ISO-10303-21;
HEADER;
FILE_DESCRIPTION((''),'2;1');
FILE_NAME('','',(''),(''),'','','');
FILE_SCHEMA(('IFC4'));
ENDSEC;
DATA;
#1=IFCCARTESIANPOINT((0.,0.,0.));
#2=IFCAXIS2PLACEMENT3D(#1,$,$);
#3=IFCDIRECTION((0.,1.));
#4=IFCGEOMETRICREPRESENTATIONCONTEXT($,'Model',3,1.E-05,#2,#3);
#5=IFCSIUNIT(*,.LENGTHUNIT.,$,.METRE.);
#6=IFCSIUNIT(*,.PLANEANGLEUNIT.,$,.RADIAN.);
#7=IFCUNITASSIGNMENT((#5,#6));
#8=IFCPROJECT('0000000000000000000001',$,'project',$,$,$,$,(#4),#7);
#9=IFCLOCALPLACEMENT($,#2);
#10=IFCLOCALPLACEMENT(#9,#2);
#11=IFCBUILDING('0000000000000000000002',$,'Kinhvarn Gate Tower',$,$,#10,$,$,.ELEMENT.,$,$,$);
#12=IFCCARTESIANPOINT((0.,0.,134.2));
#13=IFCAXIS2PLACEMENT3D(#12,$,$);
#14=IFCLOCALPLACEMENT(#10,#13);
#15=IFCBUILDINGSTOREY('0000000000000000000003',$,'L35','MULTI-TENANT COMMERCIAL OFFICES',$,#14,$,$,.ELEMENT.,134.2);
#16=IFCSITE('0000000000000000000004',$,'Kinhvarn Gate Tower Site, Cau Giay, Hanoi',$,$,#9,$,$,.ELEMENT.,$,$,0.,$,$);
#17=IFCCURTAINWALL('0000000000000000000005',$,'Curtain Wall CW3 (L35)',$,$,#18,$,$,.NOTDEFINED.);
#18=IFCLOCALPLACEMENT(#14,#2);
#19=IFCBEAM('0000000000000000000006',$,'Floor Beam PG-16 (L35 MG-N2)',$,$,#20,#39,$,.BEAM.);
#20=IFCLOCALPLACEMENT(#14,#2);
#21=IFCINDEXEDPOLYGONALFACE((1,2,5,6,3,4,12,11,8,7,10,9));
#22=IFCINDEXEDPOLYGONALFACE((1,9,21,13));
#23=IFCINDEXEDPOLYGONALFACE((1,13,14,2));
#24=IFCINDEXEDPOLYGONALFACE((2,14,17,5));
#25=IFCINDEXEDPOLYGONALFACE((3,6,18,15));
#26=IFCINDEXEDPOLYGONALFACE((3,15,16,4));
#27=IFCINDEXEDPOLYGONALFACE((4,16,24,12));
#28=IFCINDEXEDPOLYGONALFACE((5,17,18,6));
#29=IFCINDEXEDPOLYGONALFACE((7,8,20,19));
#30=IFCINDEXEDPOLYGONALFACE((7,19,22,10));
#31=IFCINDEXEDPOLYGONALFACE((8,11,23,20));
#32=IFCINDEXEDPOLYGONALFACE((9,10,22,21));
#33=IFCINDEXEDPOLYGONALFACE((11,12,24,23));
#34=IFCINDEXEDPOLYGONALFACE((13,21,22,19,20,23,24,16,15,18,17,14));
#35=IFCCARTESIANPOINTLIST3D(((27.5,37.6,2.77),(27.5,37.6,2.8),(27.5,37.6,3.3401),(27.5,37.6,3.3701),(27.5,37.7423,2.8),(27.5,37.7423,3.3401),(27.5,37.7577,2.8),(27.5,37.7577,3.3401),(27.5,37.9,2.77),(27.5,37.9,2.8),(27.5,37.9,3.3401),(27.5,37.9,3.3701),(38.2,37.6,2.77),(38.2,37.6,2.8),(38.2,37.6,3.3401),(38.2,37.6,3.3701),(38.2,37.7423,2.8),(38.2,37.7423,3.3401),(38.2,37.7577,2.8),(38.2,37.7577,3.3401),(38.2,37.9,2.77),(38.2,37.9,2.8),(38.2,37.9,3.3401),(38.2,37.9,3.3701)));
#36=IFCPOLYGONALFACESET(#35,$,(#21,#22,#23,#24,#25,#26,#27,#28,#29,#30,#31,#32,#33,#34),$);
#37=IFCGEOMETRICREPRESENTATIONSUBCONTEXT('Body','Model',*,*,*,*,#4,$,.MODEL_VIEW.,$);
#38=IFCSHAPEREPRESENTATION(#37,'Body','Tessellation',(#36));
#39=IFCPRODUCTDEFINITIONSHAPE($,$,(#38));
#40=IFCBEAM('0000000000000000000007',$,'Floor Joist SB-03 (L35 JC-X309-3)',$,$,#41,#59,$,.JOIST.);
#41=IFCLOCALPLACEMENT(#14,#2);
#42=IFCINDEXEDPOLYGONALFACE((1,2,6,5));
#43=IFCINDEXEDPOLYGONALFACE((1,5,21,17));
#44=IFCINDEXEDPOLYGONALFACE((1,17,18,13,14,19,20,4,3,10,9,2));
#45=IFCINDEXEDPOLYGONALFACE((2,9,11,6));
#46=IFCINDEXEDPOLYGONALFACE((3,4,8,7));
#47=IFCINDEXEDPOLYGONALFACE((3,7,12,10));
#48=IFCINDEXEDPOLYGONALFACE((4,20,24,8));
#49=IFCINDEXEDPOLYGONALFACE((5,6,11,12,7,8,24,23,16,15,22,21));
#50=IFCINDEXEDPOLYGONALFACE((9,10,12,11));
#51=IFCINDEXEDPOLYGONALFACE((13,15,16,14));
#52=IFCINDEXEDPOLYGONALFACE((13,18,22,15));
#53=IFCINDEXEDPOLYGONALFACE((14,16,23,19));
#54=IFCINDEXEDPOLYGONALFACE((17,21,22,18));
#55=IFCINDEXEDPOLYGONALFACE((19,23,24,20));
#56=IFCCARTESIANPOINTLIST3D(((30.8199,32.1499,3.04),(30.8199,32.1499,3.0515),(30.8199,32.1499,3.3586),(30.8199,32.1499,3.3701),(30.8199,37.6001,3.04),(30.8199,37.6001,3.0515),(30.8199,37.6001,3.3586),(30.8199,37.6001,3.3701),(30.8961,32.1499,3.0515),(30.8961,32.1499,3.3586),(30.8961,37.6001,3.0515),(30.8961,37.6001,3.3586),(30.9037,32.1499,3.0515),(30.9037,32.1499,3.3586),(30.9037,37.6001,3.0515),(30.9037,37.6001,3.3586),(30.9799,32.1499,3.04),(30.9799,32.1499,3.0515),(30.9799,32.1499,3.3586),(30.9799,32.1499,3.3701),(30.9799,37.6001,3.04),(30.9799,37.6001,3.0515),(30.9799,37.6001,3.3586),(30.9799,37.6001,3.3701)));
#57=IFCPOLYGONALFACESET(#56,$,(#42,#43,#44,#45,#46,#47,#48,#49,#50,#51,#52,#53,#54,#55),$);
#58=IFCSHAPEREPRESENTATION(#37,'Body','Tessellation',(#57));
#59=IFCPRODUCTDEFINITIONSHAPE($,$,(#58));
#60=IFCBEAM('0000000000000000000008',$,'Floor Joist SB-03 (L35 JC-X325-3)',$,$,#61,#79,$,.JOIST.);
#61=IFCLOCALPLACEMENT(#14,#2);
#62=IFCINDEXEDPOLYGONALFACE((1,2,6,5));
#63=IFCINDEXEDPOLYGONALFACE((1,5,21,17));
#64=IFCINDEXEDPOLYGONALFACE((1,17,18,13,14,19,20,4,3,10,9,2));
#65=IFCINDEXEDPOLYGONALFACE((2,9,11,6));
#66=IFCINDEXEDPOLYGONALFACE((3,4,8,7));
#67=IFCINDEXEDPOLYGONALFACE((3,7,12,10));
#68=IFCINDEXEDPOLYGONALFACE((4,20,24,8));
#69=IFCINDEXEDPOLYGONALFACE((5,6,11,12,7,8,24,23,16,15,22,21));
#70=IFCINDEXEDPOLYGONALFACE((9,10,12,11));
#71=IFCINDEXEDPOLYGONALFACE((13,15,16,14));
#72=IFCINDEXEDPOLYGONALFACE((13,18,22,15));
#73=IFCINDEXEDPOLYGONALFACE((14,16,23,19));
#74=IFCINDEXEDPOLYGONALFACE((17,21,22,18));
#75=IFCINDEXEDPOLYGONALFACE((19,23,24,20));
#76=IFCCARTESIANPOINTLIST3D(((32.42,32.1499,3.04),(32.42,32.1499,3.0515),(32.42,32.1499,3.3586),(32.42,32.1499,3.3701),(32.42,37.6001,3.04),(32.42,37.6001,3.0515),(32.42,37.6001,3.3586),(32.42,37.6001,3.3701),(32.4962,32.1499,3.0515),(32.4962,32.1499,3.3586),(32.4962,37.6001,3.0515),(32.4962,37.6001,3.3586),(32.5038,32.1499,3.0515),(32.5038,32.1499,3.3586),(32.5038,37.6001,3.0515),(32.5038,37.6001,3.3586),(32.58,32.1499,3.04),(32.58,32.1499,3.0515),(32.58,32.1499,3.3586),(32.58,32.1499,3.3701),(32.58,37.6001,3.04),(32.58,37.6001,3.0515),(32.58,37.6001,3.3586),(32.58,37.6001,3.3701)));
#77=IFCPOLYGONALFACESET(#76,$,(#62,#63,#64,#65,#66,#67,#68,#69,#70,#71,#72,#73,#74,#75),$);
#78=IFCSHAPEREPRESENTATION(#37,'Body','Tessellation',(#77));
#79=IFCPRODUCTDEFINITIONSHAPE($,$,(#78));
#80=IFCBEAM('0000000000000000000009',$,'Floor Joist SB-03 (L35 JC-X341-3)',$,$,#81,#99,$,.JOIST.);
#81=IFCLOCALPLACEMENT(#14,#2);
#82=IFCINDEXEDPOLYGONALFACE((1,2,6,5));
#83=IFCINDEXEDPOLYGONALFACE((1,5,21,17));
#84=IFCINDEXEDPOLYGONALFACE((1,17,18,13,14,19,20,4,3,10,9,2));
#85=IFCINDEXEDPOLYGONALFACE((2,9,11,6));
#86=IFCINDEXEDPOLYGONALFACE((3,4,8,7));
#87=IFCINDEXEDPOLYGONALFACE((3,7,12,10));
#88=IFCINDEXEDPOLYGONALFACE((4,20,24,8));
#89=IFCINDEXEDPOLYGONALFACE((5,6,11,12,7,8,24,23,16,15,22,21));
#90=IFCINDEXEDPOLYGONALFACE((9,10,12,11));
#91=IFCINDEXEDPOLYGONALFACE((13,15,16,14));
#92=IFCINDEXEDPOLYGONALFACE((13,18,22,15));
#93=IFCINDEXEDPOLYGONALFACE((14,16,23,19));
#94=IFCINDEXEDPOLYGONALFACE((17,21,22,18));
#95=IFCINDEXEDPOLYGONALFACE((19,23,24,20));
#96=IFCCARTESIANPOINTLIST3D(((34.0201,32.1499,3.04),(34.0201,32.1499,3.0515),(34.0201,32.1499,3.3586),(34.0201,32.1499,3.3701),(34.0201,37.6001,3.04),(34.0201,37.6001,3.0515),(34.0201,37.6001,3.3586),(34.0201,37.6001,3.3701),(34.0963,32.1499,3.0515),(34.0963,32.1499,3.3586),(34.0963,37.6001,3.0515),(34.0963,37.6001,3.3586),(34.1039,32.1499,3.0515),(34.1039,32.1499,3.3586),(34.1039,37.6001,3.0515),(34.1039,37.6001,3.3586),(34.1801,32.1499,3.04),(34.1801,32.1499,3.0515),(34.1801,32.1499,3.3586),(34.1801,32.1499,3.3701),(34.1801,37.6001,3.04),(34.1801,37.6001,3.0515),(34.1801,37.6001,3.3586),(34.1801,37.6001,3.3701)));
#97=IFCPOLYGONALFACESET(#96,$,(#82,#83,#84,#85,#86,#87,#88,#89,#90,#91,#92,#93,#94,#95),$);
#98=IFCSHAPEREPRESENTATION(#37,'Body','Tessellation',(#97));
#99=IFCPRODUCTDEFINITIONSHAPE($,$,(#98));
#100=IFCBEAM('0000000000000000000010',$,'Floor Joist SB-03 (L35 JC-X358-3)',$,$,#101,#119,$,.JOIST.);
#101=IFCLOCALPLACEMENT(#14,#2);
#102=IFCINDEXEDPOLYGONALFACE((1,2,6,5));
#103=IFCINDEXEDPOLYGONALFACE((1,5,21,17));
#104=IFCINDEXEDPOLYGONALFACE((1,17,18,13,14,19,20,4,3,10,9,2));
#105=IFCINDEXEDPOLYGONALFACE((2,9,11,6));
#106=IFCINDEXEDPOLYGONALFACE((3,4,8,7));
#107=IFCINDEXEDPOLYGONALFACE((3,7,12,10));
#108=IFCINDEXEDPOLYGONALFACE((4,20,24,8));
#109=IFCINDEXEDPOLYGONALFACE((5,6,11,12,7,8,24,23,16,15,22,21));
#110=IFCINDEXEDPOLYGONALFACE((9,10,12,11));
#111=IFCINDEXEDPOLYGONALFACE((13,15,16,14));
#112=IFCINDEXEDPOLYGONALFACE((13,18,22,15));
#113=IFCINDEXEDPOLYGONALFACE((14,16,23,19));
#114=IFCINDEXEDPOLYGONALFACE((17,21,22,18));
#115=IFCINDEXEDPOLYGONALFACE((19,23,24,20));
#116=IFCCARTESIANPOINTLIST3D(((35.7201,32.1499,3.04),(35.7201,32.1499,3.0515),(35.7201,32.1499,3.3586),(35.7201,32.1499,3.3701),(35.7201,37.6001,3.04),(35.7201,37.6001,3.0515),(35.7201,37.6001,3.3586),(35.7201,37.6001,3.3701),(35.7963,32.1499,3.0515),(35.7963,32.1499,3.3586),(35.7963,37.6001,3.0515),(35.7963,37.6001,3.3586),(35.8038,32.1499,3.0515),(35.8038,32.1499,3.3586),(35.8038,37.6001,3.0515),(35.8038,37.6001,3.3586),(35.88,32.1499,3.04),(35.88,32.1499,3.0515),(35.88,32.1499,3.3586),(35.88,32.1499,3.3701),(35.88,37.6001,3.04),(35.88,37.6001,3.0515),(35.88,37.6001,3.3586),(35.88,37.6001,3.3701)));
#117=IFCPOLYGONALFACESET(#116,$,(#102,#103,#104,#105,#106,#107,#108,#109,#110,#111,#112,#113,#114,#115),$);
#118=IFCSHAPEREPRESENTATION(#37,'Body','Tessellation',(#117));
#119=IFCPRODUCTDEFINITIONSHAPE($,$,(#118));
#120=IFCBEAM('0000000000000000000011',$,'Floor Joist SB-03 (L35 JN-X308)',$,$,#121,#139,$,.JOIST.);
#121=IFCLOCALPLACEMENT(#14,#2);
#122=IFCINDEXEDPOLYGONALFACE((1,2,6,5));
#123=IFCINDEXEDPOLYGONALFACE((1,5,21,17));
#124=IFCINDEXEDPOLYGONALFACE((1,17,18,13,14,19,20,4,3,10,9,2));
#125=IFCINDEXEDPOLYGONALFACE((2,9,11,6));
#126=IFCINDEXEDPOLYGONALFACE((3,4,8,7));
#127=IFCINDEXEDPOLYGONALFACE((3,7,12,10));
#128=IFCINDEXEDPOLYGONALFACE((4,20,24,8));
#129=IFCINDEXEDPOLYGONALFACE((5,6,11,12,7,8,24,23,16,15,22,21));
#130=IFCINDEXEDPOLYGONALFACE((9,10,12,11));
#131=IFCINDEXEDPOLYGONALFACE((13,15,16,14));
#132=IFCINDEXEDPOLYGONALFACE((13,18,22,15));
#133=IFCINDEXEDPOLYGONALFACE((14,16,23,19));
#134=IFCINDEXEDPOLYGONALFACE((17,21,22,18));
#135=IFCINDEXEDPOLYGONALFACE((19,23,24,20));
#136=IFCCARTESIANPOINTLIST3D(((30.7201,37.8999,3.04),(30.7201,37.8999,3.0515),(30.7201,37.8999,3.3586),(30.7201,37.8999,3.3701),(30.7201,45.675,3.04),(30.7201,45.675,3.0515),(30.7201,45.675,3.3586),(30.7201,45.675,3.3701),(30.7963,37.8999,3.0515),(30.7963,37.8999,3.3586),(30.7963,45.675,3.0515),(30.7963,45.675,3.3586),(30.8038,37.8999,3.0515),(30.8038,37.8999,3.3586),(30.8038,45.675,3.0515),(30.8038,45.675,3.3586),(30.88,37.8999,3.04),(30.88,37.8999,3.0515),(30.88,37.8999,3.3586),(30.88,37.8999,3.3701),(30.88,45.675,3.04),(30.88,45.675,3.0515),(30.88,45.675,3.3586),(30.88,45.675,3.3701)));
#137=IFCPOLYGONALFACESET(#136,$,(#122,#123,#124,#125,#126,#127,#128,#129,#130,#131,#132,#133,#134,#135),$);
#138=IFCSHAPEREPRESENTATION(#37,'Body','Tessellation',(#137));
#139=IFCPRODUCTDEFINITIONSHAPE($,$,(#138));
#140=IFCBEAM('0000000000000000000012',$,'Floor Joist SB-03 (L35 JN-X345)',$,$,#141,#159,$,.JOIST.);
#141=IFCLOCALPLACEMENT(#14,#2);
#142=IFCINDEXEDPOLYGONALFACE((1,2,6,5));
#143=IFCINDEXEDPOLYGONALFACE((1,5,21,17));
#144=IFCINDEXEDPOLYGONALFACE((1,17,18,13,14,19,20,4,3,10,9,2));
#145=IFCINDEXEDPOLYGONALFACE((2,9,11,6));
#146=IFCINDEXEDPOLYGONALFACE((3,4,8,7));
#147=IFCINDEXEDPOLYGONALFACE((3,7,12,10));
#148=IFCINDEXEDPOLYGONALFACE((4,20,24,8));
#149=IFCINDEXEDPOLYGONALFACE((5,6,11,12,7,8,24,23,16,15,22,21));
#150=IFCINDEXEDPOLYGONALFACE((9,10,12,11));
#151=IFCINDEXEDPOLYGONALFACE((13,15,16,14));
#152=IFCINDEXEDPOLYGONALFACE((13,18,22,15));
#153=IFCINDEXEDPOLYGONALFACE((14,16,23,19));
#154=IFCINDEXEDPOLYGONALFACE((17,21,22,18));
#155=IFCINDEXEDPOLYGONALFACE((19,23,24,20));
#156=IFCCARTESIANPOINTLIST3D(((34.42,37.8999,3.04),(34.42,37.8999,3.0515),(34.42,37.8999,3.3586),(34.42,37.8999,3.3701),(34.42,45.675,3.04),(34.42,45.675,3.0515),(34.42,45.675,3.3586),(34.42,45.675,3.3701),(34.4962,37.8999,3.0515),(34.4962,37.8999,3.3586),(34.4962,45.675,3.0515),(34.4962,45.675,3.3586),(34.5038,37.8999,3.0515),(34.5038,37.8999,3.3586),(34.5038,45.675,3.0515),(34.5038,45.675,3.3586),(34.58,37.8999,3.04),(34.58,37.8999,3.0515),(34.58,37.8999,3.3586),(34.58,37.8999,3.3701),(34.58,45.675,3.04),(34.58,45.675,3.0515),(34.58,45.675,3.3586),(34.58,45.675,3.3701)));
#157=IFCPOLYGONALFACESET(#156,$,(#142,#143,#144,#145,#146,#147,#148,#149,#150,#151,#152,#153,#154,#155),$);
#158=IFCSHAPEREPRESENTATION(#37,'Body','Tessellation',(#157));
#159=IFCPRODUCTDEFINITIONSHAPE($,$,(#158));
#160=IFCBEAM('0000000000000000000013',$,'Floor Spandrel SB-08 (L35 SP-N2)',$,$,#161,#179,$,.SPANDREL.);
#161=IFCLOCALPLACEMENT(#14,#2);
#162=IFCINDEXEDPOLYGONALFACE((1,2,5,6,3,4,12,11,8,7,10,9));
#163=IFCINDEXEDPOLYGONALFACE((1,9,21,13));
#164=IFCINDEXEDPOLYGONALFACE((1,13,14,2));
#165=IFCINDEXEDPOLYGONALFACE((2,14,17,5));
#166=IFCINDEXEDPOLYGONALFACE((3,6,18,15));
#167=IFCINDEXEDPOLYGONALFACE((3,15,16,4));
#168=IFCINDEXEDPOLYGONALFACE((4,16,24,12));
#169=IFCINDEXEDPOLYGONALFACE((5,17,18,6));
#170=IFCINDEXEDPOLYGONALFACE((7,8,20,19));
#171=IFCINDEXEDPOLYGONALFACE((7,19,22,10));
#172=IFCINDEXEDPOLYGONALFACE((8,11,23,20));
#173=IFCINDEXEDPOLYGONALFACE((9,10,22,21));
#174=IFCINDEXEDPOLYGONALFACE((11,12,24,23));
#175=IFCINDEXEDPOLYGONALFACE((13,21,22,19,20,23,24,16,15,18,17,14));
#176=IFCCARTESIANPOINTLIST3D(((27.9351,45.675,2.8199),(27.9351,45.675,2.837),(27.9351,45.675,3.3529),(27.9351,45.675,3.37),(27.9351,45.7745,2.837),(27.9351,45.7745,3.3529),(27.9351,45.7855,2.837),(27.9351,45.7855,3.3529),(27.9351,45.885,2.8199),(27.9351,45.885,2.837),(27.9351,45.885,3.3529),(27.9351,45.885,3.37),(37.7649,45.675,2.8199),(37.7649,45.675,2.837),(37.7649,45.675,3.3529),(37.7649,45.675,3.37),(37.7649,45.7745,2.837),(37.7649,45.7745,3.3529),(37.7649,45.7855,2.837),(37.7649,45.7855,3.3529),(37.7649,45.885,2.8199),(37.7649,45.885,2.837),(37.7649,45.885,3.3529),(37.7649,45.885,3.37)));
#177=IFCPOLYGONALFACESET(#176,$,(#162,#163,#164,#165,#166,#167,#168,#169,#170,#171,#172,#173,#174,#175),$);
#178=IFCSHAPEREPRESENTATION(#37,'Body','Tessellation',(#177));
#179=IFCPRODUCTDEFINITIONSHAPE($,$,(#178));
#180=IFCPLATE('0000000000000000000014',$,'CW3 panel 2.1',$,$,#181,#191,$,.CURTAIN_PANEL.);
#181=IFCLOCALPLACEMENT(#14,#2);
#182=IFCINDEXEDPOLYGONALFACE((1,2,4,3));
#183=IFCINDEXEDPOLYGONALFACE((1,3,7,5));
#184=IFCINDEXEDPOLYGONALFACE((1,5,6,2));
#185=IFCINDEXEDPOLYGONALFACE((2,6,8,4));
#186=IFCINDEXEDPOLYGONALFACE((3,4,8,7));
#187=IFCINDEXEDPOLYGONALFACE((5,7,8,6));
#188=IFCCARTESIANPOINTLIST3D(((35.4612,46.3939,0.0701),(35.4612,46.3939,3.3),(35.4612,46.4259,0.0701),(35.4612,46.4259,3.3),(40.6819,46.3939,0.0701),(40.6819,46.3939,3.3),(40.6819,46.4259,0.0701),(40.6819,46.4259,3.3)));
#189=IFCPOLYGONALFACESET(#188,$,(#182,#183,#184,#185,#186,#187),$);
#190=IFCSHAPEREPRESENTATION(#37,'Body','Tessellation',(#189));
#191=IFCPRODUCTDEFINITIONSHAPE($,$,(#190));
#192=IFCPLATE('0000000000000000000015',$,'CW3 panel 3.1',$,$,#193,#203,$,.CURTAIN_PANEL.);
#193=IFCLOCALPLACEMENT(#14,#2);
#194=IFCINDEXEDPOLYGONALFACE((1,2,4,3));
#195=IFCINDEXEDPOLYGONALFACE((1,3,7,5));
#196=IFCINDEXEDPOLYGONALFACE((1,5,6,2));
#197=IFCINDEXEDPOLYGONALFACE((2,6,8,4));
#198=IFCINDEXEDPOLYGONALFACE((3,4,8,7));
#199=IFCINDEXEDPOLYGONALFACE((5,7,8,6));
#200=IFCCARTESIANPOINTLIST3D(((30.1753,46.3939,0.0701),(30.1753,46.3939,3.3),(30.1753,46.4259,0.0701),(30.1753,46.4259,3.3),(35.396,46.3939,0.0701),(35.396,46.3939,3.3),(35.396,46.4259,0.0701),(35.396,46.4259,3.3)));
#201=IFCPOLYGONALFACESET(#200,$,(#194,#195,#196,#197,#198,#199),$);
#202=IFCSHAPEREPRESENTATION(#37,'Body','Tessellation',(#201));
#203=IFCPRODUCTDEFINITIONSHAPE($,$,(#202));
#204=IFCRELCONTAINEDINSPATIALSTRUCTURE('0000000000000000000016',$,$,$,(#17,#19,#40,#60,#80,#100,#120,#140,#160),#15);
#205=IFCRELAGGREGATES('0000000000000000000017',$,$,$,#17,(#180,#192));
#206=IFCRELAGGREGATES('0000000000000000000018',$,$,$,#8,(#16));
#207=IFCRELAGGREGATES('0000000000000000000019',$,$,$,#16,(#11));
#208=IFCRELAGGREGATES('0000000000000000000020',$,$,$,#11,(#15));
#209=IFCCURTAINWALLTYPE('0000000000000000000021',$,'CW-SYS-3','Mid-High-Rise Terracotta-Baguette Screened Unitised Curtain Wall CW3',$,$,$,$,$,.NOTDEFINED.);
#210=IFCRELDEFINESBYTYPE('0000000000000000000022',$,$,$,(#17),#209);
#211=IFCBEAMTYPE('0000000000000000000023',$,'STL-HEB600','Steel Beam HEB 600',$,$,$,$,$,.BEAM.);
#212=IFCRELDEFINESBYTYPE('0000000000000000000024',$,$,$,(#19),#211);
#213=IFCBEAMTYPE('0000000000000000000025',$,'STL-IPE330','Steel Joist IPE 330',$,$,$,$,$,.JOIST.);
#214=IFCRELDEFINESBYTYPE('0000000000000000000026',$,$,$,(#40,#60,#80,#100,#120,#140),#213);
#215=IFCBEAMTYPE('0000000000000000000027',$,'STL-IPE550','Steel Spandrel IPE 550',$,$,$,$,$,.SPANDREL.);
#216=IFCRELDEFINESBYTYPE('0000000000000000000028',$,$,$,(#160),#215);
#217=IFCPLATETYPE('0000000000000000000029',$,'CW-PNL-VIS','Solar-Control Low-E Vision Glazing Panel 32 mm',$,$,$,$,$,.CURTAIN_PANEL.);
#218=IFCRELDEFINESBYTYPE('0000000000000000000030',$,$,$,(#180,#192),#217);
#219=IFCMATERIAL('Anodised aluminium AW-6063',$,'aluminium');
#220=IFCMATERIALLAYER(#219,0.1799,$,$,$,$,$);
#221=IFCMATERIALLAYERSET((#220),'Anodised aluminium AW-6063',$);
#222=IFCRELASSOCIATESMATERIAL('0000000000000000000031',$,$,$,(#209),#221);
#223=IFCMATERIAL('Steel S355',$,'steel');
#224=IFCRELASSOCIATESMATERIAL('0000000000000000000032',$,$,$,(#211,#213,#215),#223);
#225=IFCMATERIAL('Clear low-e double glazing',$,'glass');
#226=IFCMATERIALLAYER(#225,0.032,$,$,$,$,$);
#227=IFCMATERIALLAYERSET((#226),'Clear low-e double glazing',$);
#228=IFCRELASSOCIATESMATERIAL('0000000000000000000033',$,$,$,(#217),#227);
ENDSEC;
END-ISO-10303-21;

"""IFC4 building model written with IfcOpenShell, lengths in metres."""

from ifc_helpers import new_model, si_unit, direction, frame, origin, origin_2d, place, context, subcontext, project, spatial, rectangle, i_section, extrude, material, layer, layer_set, material_profile, profile_set, type_object, element, aggregate, save


model = new_model("IFC4")

# Units and contexts
model_context = context("Model", 3, precision=1e-05, world=origin(), true_north=direction((0.0, 1.0)))
body_context = subcontext(model_context, "Body", "Model", "MODEL_VIEW")
ifc_project = project(units=[si_unit("LENGTHUNIT", "METRE"), si_unit("PLANEANGLEUNIT", "RADIAN")], contexts=[model_context])

# Site, building, storey
site_placement = place(None, origin())
site = spatial("IfcSite", under=ifc_project, at=site_placement, Name="Kinhvarn Gate Tower Site, Cau Giay, Hanoi", CompositionType="ELEMENT", RefElevation=0.0)
building_placement = place(site_placement, origin())
building = spatial("IfcBuilding", under=site, at=building_placement, Name="Kinhvarn Gate Tower", CompositionType="ELEMENT")
storey_placement = place(building_placement, frame((0.0, 0.0, 134.2)))
storey = spatial("IfcBuildingStorey", under=building, at=storey_placement, Name="L35", Description="MULTI-TENANT COMMERCIAL OFFICES", CompositionType="ELEMENT", Elevation=134.2)

# Curtain wall
ifc_material_1 = material(Name="Anodised aluminium AW-6063", Category="aluminium")
ifc_layer_1 = layer(ifc_material_1, 0.1799)
ifc_layer_set_1 = layer_set([ifc_layer_1], Name="Anodised aluminium AW-6063")
curtain_wall_type = type_object("IfcCurtainWallType", Name="CW-SYS-3", Description="Mid-High-Rise Terracotta-Baguette Screened Unitised Curtain Wall CW3", PredefinedType="NOTDEFINED", material=ifc_layer_set_1)
curtain_wall_placement = place(storey_placement, origin())
curtain_wall = element("IfcCurtainWall", 1, at=curtain_wall_placement, inside=storey, type_object=curtain_wall_type, Name="Curtain Wall CW3 (L35)", PredefinedType="NOTDEFINED")

# Beams
ifc_material_2 = material(Name="Steel S355", Category="steel")
ifc_material_profile_1 = material_profile(ifc_material_2, i_section(OverallWidth=0.3, OverallDepth=0.6001, WebThickness=0.0154, FlangeThickness=0.03, at=origin_2d()), Name="HEB 600")
ifc_profile_set_1 = profile_set([ifc_material_profile_1], Name="Steel S355")
beam_type_1 = type_object("IfcBeamType", Name="STL-HEB600", Description="Steel Beam HEB 600", PredefinedType="BEAM", material=ifc_profile_set_1)
beam_1_placement = place(storey_placement, frame((27.5, 37.75, 3.0701), z_axis=(1.0, 0.0, 0.0), x_axis=(0.0, 1.0, 0.0)))
element("IfcBeam", 2, at=beam_1_placement, inside=storey, type_object=beam_type_1, Name="Floor Beam PG-16 (L35 MG-N2)", PredefinedType="BEAM", context=body_context, shape_type="SweptSolid", body=[
    extrude(i_section(OverallWidth=0.3, OverallDepth=0.6001, WebThickness=0.0154, FlangeThickness=0.03, at=origin_2d()), origin(), (0.0, 0.0, 1.0), 10.7),
])
ifc_material_profile_2 = material_profile(ifc_material_2, i_section(OverallWidth=0.1599, OverallDepth=0.3301, WebThickness=0.0076, FlangeThickness=0.0115, at=origin_2d()), Name="IPE 330")
ifc_profile_set_2 = profile_set([ifc_material_profile_2], Name="Steel S355")
beam_type_2 = type_object("IfcBeamType", Name="STL-IPE330", Description="Steel Joist IPE 330", PredefinedType="JOIST", material=ifc_profile_set_2)
for number, where, z_axis, x_axis, name in (
    (3, (30.8999, 32.1499, 3.2051), (0.0, 1.0, 0.0), (-1.0, 0.0, 0.0), "Floor Joist SB-03 (L35 JC-X309-3)"),
    (4, (32.5, 32.1499, 3.2051), (0.0, 1.0, 0.0), (-1.0, 0.0, 0.0), "Floor Joist SB-03 (L35 JC-X325-3)"),
    (5, (34.1001, 32.1499, 3.2051), (0.0, 1.0, 0.0), (-1.0, 0.0, 0.0), "Floor Joist SB-03 (L35 JC-X341-3)"),
    (6, (35.8, 32.1499, 3.2051), (0.0, 1.0, 0.0), (-1.0, 0.0, 0.0), "Floor Joist SB-03 (L35 JC-X358-3)"),
):
    element("IfcBeam", number, at=place(storey_placement, frame(where, z_axis=z_axis, x_axis=x_axis)), inside=storey, type_object=beam_type_2, Name=name, PredefinedType="JOIST", context=body_context, shape_type="SweptSolid", body=[
        extrude(i_section(OverallWidth=0.1599, OverallDepth=0.3301, WebThickness=0.0076, FlangeThickness=0.0115, at=origin_2d()), origin(), (0.0, 0.0, 1.0), 5.4502),
    ])
for number, where, z_axis, x_axis, name in (
    (7, (30.8, 37.8999, 3.2051), (0.0, 1.0, 0.0), (-1.0, 0.0, 0.0), "Floor Joist SB-03 (L35 JN-X308)"),
    (8, (34.5, 37.8999, 3.2051), (0.0, 1.0, 0.0), (-1.0, 0.0, 0.0), "Floor Joist SB-03 (L35 JN-X345)"),
):
    element("IfcBeam", number, at=place(storey_placement, frame(where, z_axis=z_axis, x_axis=x_axis)), inside=storey, type_object=beam_type_2, Name=name, PredefinedType="JOIST", context=body_context, shape_type="SweptSolid", body=[
        extrude(i_section(OverallWidth=0.1599, OverallDepth=0.3301, WebThickness=0.0076, FlangeThickness=0.0115, at=origin_2d()), origin(), (0.0, 0.0, 1.0), 7.7751),
    ])
ifc_material_profile_3 = material_profile(ifc_material_2, i_section(OverallWidth=0.21, OverallDepth=0.55, WebThickness=0.011, FlangeThickness=0.0171, at=origin_2d()), Name="IPE 550")
ifc_profile_set_3 = profile_set([ifc_material_profile_3], Name="Steel S355")
beam_type_3 = type_object("IfcBeamType", Name="STL-IPE550", Description="Steel Spandrel IPE 550", PredefinedType="SPANDREL", material=ifc_profile_set_3)
beam_2_placement = place(storey_placement, frame((27.9351, 45.78, 3.095), z_axis=(1.0, 0.0, 0.0), x_axis=(0.0, 1.0, 0.0)))
element("IfcBeam", 9, at=beam_2_placement, inside=storey, type_object=beam_type_3, Name="Floor Spandrel SB-08 (L35 SP-N2)", PredefinedType="SPANDREL", context=body_context, shape_type="SweptSolid", body=[
    extrude(i_section(OverallWidth=0.21, OverallDepth=0.55, WebThickness=0.011, FlangeThickness=0.0171, at=origin_2d()), origin(), (0.0, 0.0, 1.0), 9.8298),
])

# Plates
ifc_material_3 = material(Name="Clear low-e double glazing", Category="glass")
ifc_layer_2 = layer(ifc_material_3, 0.032)
ifc_layer_set_2 = layer_set([ifc_layer_2], Name="Clear low-e double glazing")
plate_type = type_object("IfcPlateType", Name="CW-PNL-VIS", Description="Solar-Control Low-E Vision Glazing Panel 32 mm", PredefinedType="CURTAIN_PANEL", material=ifc_layer_set_2)
plate_1_placement = place(storey_placement, frame((38.0715, 46.4099, 0.0701), z_axis=(0.0, 0.0, 1.0), x_axis=(-1.0, 0.0, 0.0)))
plate_1 = element("IfcPlate", 10, at=plate_1_placement, type_object=plate_type, Name="CW3 panel 2.1", PredefinedType="CURTAIN_PANEL", context=body_context, shape_type="SweptSolid", body=[
    extrude(rectangle(XDim=5.2207, YDim=0.032, at=origin_2d()), origin(), (0.0, 0.0, 1.0), 3.23),
])
plate_2_placement = place(storey_placement, frame((32.7856, 46.4099, 0.0701), z_axis=(0.0, 0.0, 1.0), x_axis=(-1.0, 0.0, 0.0)))
plate_2 = element("IfcPlate", 11, at=plate_2_placement, type_object=plate_type, Name="CW3 panel 3.1", PredefinedType="CURTAIN_PANEL", context=body_context, shape_type="SweptSolid", body=[
    extrude(rectangle(XDim=5.2207, YDim=0.032, at=origin_2d()), origin(), (0.0, 0.0, 1.0), 3.23),
])
aggregate(curtain_wall, [plate_1, plate_2])

save(model, "model.ifc")
